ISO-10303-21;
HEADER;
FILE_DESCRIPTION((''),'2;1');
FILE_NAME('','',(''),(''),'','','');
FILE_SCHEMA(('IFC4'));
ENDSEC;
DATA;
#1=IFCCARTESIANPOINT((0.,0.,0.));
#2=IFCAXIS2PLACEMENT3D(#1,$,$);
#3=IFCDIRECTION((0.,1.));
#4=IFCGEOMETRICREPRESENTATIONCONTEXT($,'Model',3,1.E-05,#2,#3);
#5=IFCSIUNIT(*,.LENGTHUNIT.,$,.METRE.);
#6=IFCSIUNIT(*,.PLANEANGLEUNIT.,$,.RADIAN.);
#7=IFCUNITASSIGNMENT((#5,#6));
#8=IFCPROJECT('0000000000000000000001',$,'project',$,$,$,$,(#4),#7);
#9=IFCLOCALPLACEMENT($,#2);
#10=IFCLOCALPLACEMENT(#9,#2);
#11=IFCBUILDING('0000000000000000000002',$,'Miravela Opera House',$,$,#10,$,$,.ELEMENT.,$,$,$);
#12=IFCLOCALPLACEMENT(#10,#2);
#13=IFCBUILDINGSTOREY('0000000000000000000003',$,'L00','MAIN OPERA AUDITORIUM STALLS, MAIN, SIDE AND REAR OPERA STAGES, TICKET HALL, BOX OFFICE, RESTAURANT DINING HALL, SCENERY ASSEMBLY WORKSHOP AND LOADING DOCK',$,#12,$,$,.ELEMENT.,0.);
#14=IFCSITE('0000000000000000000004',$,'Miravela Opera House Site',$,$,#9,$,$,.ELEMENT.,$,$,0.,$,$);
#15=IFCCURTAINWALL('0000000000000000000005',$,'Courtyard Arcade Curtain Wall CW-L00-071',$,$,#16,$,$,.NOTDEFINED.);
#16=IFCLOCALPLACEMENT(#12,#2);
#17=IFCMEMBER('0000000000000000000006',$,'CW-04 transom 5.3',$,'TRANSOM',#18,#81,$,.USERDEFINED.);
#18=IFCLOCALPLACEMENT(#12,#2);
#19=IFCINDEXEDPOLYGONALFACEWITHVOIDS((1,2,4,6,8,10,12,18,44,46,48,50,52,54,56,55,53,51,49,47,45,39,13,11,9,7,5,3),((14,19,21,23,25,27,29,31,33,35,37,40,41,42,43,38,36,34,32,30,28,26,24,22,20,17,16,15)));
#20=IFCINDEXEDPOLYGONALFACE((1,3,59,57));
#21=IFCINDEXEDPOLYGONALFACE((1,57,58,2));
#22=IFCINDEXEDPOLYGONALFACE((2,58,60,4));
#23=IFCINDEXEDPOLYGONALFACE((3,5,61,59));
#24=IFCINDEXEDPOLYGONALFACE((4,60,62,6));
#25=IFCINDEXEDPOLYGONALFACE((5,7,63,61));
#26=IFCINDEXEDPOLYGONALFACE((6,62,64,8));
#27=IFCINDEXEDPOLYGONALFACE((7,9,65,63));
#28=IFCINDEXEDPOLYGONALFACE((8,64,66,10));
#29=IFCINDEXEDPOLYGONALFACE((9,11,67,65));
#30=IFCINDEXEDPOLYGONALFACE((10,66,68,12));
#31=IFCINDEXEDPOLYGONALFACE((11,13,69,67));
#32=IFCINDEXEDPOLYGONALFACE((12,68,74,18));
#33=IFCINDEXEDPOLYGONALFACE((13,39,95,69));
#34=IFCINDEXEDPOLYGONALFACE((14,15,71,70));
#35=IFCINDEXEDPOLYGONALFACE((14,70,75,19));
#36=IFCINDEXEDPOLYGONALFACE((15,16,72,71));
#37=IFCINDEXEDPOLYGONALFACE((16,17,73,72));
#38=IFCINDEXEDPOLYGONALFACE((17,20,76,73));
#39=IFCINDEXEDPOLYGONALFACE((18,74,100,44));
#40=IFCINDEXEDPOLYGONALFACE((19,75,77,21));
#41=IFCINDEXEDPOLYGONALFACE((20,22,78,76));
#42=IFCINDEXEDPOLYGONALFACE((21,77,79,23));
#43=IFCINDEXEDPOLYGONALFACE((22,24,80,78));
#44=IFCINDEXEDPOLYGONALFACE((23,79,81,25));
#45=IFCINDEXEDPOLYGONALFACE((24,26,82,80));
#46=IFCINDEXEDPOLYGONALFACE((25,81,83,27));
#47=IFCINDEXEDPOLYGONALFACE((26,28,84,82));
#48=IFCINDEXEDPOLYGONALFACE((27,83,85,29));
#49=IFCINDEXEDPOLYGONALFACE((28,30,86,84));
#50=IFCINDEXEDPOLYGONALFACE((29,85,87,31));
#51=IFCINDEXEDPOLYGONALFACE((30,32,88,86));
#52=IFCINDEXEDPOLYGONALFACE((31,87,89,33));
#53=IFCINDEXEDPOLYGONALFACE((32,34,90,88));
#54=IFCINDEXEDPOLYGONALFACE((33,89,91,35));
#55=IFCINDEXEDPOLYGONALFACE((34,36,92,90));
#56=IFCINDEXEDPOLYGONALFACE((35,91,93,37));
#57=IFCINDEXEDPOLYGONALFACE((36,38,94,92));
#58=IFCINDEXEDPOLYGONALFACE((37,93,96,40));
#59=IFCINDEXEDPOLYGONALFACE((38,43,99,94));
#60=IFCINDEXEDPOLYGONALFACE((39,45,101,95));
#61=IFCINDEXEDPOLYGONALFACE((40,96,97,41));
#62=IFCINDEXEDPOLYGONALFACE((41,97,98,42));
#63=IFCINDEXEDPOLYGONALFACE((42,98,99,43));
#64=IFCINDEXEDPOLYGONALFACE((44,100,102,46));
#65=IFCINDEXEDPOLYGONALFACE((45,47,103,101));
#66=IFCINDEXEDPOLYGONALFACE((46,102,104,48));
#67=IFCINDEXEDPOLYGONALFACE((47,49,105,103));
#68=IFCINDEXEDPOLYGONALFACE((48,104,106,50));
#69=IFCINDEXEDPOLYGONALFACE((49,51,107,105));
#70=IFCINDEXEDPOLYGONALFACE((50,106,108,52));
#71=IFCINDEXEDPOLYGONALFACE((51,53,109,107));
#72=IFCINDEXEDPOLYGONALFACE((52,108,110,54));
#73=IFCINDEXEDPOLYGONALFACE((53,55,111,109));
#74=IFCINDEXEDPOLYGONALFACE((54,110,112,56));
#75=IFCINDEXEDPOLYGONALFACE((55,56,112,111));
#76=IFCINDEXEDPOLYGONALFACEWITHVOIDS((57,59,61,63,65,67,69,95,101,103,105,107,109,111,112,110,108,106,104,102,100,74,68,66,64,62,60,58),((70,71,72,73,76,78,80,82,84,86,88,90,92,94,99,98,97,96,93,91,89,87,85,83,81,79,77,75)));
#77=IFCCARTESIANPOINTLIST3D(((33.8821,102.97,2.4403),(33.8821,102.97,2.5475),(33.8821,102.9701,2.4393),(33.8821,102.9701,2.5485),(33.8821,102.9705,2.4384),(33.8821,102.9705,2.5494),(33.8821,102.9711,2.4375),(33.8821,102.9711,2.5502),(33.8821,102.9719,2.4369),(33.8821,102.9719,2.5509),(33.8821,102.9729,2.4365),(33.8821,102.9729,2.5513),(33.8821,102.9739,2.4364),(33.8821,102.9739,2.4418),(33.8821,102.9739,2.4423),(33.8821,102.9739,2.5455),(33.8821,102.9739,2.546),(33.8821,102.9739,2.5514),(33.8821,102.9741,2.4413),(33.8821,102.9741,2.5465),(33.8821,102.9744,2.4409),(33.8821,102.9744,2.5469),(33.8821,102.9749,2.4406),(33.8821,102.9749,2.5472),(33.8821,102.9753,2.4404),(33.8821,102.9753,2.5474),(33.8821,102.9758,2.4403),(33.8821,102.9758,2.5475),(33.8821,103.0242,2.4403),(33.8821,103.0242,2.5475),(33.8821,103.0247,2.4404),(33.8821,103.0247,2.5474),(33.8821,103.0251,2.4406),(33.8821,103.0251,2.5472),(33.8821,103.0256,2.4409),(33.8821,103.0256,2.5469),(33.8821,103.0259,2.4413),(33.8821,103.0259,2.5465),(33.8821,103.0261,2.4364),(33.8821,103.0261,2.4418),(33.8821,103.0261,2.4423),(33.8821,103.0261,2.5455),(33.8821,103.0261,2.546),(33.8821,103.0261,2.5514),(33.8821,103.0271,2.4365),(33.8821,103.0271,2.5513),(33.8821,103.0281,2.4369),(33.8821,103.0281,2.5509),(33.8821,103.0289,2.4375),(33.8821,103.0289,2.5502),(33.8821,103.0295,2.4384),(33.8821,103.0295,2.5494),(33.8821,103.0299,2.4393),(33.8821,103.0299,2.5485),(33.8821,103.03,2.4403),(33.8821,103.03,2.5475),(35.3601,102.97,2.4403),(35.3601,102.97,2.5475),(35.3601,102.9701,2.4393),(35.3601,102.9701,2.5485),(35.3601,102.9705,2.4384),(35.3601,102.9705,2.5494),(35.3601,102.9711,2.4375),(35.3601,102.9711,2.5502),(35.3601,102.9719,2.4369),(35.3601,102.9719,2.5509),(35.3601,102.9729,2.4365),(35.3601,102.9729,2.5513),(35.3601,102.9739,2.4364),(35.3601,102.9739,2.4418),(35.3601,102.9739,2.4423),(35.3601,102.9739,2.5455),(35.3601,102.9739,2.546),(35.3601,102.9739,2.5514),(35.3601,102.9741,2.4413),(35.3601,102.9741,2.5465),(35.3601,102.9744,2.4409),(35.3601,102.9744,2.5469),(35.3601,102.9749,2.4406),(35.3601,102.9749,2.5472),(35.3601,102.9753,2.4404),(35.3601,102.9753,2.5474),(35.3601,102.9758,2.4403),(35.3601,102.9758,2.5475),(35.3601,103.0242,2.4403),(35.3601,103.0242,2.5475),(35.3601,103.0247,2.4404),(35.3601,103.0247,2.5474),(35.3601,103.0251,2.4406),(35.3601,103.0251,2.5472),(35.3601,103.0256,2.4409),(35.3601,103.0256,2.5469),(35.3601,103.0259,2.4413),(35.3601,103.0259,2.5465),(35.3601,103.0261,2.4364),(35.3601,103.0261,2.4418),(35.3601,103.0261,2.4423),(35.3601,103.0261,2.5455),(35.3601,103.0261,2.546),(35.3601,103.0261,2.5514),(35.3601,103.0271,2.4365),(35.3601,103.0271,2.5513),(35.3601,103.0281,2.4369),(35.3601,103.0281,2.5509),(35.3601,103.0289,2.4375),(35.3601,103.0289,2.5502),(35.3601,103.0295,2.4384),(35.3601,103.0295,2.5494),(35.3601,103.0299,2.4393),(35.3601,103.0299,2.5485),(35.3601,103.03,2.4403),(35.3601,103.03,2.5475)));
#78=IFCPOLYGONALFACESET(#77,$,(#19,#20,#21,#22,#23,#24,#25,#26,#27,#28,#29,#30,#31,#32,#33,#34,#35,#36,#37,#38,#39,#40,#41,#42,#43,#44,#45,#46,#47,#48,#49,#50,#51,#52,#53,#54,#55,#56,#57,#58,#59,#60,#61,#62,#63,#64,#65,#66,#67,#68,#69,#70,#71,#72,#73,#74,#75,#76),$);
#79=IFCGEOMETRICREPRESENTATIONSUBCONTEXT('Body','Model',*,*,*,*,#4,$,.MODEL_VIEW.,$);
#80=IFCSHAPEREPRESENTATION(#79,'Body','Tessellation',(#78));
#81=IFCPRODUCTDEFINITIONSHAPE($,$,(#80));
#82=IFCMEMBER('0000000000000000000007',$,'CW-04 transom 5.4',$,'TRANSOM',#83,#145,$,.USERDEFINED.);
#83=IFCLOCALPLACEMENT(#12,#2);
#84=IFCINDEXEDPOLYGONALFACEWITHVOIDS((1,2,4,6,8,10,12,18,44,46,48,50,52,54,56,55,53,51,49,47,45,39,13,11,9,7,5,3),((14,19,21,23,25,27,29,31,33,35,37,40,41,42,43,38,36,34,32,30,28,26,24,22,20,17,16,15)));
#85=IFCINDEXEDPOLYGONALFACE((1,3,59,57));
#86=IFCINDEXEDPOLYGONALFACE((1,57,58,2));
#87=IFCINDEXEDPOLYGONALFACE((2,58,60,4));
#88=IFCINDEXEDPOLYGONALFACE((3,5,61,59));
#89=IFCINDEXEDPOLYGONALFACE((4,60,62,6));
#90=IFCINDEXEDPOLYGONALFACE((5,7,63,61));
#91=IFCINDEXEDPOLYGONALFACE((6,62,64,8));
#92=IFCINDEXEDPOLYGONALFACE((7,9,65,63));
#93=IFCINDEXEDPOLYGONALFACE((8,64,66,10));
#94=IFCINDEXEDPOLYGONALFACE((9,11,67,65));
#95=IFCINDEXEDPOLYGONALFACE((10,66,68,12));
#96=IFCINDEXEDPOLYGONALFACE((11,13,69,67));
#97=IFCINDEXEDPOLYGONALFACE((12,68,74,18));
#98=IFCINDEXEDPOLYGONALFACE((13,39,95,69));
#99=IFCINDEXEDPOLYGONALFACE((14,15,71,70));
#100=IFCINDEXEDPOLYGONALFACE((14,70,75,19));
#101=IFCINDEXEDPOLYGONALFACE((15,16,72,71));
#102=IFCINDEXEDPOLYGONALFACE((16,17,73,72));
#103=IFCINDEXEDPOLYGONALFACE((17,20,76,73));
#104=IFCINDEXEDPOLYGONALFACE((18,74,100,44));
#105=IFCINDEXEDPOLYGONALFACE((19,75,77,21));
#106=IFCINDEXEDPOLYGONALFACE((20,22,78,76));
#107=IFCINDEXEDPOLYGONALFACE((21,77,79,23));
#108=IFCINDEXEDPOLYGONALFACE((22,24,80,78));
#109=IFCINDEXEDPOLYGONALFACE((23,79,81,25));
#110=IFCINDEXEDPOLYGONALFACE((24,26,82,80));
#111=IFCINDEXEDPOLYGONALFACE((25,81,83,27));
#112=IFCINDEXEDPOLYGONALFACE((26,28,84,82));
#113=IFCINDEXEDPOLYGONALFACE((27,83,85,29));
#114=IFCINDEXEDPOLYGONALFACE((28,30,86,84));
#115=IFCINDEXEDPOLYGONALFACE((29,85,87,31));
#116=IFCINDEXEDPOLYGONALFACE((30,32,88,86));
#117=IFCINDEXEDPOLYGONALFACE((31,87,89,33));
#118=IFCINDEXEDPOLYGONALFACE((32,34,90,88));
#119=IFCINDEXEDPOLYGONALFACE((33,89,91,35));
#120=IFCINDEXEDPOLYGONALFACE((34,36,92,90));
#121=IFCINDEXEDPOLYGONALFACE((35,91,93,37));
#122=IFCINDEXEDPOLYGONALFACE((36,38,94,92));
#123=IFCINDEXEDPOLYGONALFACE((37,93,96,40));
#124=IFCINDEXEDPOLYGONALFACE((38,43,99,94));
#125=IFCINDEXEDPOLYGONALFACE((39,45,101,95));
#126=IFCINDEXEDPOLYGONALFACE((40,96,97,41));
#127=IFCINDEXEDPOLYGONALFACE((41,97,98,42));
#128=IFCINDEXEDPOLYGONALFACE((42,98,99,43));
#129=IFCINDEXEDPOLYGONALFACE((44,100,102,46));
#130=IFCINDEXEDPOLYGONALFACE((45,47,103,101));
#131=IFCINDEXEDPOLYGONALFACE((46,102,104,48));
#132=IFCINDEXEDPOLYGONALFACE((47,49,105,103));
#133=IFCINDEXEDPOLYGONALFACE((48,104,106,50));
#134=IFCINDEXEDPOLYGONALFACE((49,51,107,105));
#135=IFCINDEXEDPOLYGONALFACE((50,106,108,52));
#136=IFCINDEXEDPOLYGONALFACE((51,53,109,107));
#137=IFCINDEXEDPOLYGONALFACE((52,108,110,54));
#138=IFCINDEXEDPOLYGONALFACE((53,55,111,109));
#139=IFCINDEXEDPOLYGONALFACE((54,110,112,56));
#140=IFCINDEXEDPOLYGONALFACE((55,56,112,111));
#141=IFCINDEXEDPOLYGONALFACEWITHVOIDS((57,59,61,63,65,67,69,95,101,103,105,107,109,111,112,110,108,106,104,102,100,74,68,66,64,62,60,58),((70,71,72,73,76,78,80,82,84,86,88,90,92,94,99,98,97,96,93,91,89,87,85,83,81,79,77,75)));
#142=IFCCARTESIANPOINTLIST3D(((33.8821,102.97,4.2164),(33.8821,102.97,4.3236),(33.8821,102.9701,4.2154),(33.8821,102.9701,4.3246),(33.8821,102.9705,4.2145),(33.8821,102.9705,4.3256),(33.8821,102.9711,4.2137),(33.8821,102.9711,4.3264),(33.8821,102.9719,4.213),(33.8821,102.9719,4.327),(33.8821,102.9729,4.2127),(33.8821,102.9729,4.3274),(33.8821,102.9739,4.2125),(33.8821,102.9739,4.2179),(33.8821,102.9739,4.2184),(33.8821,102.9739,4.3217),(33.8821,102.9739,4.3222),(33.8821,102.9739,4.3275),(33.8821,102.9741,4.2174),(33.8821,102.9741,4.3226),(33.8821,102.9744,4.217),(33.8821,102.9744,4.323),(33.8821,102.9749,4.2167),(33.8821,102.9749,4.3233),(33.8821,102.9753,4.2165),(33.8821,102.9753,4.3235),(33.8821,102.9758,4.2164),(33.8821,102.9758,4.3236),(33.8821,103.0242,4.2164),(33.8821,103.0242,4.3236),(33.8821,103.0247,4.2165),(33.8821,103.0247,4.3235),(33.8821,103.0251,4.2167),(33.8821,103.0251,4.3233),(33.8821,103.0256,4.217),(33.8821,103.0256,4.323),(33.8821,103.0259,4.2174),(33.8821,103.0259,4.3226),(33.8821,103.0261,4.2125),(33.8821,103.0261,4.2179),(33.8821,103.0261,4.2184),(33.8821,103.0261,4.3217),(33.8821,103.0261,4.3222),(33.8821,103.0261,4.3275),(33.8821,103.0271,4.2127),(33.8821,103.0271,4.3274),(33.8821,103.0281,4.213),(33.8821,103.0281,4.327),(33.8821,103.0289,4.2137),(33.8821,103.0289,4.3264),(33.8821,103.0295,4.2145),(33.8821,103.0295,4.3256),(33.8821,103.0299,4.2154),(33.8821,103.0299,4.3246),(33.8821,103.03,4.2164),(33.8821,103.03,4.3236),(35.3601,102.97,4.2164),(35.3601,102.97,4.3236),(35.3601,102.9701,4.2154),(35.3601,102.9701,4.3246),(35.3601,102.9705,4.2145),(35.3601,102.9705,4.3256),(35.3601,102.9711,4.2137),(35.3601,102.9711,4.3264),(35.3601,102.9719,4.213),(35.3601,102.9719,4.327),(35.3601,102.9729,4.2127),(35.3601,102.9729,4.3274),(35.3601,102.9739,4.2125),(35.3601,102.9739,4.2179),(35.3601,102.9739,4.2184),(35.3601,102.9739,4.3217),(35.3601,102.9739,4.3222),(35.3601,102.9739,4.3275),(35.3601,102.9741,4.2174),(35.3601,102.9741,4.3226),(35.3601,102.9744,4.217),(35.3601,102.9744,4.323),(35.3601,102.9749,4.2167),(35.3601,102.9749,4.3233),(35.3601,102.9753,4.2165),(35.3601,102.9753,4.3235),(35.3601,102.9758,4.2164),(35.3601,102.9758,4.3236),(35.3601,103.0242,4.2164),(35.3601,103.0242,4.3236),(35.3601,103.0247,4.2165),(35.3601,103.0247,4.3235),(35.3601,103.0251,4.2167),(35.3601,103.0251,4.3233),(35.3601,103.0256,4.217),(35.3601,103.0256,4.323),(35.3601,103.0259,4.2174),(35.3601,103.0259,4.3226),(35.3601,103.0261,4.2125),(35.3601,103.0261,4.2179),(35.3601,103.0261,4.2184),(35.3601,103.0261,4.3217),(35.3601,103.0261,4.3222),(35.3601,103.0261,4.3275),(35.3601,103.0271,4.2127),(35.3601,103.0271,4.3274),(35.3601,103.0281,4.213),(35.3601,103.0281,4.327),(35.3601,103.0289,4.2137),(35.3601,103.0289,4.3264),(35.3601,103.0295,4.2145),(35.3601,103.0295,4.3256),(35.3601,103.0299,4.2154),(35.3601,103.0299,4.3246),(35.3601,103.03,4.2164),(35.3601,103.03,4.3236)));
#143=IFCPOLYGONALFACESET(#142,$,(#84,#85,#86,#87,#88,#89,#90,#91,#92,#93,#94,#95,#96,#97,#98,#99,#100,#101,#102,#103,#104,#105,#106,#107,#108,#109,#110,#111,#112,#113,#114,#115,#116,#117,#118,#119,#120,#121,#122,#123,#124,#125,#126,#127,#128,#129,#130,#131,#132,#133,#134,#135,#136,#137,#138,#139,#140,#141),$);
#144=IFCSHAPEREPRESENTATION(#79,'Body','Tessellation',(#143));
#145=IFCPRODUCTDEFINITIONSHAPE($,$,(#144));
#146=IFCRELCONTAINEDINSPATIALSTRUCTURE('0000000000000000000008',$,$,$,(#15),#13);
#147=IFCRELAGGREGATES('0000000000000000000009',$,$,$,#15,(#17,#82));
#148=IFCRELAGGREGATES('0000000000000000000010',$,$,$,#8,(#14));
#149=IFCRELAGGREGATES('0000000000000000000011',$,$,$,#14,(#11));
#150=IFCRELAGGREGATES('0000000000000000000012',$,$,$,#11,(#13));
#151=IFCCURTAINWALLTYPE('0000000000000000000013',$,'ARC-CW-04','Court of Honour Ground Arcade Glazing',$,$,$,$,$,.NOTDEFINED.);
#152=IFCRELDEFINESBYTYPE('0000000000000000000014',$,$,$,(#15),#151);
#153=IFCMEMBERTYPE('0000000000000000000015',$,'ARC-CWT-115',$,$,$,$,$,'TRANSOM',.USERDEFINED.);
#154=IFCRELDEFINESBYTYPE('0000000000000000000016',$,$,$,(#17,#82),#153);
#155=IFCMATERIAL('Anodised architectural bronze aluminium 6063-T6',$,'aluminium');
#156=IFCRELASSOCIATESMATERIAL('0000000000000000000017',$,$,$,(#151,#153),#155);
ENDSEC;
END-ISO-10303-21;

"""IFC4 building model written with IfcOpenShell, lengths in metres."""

from ifc_helpers import new_model, si_unit, direction, frame, origin, origin_2d, place, context, subcontext, project, spatial, hollow_rectangle, extrude, material, material_profile, profile_set, type_object, element, aggregate, save


model = new_model("IFC4")

# Units and contexts
model_context = context("Model", 3, precision=1e-05, world=origin(), true_north=direction((0.0, 1.0)))
body_context = subcontext(model_context, "Body", "Model", "MODEL_VIEW")
ifc_project = project(units=[si_unit("LENGTHUNIT", "METRE"), si_unit("PLANEANGLEUNIT", "RADIAN")], contexts=[model_context])

# Site, building, storey
site_placement = place(None, origin())
site = spatial("IfcSite", under=ifc_project, at=site_placement, Name="Miravela Opera House Site", CompositionType="ELEMENT", RefElevation=0.0)
building_placement = place(site_placement, origin())
building = spatial("IfcBuilding", under=site, at=building_placement, Name="Miravela Opera House", CompositionType="ELEMENT")
storey_placement = place(building_placement, origin())
storey = spatial("IfcBuildingStorey", under=building, at=storey_placement, Name="L00", Description="MAIN OPERA AUDITORIUM STALLS, MAIN, SIDE AND REAR OPERA STAGES, TICKET HALL, BOX OFFICE, RESTAURANT DINING HALL, SCENERY ASSEMBLY WORKSHOP AND LOADING DOCK", CompositionType="ELEMENT", Elevation=0.0)

# Curtain wall
ifc_material_1 = material(Name="Anodised architectural bronze aluminium 6063-T6", Category="aluminium")
curtain_wall_type = type_object("IfcCurtainWallType", Name="ARC-CW-04", Description="Court of Honour Ground Arcade Glazing", PredefinedType="NOTDEFINED", material=ifc_material_1)
curtain_wall_1_placement = place(storey_placement, origin())
curtain_wall_1 = element("IfcCurtainWall", 1, at=curtain_wall_1_placement, inside=storey, type_object=curtain_wall_type, Name="Courtyard Arcade Curtain Wall CW-L00-071", PredefinedType="NOTDEFINED")

# Members
ifc_material_profile_1 = material_profile(ifc_material_1, hollow_rectangle(XDim=0.0601, YDim=0.115, WallThickness=0.0039, InnerFilletRadius=0.002, OuterFilletRadius=0.0039, at=origin_2d()), Name="CWT-60X115")
ifc_profile_set_1 = profile_set([ifc_material_profile_1])
member_type_1 = type_object("IfcMemberType", Name="ARC-CWT-115", ElementType="TRANSOM", PredefinedType="USERDEFINED", material=ifc_profile_set_1)
member_1_placement = place(storey_placement, frame((33.8821, 103.0, 2.4939), z_axis=(1.0, 0.0, 0.0), x_axis=(0.0, 1.0, 0.0)))
member_1 = element("IfcMember", 2, at=member_1_placement, type_object=member_type_1, Name="CW-04 transom 5.3", ObjectType="TRANSOM", PredefinedType="USERDEFINED", context=body_context, shape_type="SweptSolid", body=[
    extrude(hollow_rectangle(XDim=0.0601, YDim=0.115, WallThickness=0.0039, InnerFilletRadius=0.002, OuterFilletRadius=0.0039, at=origin_2d()), origin(), (0.0, 0.0, 1.0), 1.478),
])
member_2_placement = place(storey_placement, frame((33.8821, 103.0, 4.27), z_axis=(1.0, 0.0, 0.0), x_axis=(0.0, 1.0, 0.0)))
member_2 = element("IfcMember", 3, at=member_2_placement, type_object=member_type_1, Name="CW-04 transom 5.4", ObjectType="TRANSOM", PredefinedType="USERDEFINED", context=body_context, shape_type="SweptSolid", body=[
    extrude(hollow_rectangle(XDim=0.0601, YDim=0.115, WallThickness=0.0039, InnerFilletRadius=0.002, OuterFilletRadius=0.0039, at=origin_2d()), origin(), (0.0, 0.0, 1.0), 1.478),
])

aggregate(curtain_wall_1, [member_1, member_2])

save(model, "model.ifc")
